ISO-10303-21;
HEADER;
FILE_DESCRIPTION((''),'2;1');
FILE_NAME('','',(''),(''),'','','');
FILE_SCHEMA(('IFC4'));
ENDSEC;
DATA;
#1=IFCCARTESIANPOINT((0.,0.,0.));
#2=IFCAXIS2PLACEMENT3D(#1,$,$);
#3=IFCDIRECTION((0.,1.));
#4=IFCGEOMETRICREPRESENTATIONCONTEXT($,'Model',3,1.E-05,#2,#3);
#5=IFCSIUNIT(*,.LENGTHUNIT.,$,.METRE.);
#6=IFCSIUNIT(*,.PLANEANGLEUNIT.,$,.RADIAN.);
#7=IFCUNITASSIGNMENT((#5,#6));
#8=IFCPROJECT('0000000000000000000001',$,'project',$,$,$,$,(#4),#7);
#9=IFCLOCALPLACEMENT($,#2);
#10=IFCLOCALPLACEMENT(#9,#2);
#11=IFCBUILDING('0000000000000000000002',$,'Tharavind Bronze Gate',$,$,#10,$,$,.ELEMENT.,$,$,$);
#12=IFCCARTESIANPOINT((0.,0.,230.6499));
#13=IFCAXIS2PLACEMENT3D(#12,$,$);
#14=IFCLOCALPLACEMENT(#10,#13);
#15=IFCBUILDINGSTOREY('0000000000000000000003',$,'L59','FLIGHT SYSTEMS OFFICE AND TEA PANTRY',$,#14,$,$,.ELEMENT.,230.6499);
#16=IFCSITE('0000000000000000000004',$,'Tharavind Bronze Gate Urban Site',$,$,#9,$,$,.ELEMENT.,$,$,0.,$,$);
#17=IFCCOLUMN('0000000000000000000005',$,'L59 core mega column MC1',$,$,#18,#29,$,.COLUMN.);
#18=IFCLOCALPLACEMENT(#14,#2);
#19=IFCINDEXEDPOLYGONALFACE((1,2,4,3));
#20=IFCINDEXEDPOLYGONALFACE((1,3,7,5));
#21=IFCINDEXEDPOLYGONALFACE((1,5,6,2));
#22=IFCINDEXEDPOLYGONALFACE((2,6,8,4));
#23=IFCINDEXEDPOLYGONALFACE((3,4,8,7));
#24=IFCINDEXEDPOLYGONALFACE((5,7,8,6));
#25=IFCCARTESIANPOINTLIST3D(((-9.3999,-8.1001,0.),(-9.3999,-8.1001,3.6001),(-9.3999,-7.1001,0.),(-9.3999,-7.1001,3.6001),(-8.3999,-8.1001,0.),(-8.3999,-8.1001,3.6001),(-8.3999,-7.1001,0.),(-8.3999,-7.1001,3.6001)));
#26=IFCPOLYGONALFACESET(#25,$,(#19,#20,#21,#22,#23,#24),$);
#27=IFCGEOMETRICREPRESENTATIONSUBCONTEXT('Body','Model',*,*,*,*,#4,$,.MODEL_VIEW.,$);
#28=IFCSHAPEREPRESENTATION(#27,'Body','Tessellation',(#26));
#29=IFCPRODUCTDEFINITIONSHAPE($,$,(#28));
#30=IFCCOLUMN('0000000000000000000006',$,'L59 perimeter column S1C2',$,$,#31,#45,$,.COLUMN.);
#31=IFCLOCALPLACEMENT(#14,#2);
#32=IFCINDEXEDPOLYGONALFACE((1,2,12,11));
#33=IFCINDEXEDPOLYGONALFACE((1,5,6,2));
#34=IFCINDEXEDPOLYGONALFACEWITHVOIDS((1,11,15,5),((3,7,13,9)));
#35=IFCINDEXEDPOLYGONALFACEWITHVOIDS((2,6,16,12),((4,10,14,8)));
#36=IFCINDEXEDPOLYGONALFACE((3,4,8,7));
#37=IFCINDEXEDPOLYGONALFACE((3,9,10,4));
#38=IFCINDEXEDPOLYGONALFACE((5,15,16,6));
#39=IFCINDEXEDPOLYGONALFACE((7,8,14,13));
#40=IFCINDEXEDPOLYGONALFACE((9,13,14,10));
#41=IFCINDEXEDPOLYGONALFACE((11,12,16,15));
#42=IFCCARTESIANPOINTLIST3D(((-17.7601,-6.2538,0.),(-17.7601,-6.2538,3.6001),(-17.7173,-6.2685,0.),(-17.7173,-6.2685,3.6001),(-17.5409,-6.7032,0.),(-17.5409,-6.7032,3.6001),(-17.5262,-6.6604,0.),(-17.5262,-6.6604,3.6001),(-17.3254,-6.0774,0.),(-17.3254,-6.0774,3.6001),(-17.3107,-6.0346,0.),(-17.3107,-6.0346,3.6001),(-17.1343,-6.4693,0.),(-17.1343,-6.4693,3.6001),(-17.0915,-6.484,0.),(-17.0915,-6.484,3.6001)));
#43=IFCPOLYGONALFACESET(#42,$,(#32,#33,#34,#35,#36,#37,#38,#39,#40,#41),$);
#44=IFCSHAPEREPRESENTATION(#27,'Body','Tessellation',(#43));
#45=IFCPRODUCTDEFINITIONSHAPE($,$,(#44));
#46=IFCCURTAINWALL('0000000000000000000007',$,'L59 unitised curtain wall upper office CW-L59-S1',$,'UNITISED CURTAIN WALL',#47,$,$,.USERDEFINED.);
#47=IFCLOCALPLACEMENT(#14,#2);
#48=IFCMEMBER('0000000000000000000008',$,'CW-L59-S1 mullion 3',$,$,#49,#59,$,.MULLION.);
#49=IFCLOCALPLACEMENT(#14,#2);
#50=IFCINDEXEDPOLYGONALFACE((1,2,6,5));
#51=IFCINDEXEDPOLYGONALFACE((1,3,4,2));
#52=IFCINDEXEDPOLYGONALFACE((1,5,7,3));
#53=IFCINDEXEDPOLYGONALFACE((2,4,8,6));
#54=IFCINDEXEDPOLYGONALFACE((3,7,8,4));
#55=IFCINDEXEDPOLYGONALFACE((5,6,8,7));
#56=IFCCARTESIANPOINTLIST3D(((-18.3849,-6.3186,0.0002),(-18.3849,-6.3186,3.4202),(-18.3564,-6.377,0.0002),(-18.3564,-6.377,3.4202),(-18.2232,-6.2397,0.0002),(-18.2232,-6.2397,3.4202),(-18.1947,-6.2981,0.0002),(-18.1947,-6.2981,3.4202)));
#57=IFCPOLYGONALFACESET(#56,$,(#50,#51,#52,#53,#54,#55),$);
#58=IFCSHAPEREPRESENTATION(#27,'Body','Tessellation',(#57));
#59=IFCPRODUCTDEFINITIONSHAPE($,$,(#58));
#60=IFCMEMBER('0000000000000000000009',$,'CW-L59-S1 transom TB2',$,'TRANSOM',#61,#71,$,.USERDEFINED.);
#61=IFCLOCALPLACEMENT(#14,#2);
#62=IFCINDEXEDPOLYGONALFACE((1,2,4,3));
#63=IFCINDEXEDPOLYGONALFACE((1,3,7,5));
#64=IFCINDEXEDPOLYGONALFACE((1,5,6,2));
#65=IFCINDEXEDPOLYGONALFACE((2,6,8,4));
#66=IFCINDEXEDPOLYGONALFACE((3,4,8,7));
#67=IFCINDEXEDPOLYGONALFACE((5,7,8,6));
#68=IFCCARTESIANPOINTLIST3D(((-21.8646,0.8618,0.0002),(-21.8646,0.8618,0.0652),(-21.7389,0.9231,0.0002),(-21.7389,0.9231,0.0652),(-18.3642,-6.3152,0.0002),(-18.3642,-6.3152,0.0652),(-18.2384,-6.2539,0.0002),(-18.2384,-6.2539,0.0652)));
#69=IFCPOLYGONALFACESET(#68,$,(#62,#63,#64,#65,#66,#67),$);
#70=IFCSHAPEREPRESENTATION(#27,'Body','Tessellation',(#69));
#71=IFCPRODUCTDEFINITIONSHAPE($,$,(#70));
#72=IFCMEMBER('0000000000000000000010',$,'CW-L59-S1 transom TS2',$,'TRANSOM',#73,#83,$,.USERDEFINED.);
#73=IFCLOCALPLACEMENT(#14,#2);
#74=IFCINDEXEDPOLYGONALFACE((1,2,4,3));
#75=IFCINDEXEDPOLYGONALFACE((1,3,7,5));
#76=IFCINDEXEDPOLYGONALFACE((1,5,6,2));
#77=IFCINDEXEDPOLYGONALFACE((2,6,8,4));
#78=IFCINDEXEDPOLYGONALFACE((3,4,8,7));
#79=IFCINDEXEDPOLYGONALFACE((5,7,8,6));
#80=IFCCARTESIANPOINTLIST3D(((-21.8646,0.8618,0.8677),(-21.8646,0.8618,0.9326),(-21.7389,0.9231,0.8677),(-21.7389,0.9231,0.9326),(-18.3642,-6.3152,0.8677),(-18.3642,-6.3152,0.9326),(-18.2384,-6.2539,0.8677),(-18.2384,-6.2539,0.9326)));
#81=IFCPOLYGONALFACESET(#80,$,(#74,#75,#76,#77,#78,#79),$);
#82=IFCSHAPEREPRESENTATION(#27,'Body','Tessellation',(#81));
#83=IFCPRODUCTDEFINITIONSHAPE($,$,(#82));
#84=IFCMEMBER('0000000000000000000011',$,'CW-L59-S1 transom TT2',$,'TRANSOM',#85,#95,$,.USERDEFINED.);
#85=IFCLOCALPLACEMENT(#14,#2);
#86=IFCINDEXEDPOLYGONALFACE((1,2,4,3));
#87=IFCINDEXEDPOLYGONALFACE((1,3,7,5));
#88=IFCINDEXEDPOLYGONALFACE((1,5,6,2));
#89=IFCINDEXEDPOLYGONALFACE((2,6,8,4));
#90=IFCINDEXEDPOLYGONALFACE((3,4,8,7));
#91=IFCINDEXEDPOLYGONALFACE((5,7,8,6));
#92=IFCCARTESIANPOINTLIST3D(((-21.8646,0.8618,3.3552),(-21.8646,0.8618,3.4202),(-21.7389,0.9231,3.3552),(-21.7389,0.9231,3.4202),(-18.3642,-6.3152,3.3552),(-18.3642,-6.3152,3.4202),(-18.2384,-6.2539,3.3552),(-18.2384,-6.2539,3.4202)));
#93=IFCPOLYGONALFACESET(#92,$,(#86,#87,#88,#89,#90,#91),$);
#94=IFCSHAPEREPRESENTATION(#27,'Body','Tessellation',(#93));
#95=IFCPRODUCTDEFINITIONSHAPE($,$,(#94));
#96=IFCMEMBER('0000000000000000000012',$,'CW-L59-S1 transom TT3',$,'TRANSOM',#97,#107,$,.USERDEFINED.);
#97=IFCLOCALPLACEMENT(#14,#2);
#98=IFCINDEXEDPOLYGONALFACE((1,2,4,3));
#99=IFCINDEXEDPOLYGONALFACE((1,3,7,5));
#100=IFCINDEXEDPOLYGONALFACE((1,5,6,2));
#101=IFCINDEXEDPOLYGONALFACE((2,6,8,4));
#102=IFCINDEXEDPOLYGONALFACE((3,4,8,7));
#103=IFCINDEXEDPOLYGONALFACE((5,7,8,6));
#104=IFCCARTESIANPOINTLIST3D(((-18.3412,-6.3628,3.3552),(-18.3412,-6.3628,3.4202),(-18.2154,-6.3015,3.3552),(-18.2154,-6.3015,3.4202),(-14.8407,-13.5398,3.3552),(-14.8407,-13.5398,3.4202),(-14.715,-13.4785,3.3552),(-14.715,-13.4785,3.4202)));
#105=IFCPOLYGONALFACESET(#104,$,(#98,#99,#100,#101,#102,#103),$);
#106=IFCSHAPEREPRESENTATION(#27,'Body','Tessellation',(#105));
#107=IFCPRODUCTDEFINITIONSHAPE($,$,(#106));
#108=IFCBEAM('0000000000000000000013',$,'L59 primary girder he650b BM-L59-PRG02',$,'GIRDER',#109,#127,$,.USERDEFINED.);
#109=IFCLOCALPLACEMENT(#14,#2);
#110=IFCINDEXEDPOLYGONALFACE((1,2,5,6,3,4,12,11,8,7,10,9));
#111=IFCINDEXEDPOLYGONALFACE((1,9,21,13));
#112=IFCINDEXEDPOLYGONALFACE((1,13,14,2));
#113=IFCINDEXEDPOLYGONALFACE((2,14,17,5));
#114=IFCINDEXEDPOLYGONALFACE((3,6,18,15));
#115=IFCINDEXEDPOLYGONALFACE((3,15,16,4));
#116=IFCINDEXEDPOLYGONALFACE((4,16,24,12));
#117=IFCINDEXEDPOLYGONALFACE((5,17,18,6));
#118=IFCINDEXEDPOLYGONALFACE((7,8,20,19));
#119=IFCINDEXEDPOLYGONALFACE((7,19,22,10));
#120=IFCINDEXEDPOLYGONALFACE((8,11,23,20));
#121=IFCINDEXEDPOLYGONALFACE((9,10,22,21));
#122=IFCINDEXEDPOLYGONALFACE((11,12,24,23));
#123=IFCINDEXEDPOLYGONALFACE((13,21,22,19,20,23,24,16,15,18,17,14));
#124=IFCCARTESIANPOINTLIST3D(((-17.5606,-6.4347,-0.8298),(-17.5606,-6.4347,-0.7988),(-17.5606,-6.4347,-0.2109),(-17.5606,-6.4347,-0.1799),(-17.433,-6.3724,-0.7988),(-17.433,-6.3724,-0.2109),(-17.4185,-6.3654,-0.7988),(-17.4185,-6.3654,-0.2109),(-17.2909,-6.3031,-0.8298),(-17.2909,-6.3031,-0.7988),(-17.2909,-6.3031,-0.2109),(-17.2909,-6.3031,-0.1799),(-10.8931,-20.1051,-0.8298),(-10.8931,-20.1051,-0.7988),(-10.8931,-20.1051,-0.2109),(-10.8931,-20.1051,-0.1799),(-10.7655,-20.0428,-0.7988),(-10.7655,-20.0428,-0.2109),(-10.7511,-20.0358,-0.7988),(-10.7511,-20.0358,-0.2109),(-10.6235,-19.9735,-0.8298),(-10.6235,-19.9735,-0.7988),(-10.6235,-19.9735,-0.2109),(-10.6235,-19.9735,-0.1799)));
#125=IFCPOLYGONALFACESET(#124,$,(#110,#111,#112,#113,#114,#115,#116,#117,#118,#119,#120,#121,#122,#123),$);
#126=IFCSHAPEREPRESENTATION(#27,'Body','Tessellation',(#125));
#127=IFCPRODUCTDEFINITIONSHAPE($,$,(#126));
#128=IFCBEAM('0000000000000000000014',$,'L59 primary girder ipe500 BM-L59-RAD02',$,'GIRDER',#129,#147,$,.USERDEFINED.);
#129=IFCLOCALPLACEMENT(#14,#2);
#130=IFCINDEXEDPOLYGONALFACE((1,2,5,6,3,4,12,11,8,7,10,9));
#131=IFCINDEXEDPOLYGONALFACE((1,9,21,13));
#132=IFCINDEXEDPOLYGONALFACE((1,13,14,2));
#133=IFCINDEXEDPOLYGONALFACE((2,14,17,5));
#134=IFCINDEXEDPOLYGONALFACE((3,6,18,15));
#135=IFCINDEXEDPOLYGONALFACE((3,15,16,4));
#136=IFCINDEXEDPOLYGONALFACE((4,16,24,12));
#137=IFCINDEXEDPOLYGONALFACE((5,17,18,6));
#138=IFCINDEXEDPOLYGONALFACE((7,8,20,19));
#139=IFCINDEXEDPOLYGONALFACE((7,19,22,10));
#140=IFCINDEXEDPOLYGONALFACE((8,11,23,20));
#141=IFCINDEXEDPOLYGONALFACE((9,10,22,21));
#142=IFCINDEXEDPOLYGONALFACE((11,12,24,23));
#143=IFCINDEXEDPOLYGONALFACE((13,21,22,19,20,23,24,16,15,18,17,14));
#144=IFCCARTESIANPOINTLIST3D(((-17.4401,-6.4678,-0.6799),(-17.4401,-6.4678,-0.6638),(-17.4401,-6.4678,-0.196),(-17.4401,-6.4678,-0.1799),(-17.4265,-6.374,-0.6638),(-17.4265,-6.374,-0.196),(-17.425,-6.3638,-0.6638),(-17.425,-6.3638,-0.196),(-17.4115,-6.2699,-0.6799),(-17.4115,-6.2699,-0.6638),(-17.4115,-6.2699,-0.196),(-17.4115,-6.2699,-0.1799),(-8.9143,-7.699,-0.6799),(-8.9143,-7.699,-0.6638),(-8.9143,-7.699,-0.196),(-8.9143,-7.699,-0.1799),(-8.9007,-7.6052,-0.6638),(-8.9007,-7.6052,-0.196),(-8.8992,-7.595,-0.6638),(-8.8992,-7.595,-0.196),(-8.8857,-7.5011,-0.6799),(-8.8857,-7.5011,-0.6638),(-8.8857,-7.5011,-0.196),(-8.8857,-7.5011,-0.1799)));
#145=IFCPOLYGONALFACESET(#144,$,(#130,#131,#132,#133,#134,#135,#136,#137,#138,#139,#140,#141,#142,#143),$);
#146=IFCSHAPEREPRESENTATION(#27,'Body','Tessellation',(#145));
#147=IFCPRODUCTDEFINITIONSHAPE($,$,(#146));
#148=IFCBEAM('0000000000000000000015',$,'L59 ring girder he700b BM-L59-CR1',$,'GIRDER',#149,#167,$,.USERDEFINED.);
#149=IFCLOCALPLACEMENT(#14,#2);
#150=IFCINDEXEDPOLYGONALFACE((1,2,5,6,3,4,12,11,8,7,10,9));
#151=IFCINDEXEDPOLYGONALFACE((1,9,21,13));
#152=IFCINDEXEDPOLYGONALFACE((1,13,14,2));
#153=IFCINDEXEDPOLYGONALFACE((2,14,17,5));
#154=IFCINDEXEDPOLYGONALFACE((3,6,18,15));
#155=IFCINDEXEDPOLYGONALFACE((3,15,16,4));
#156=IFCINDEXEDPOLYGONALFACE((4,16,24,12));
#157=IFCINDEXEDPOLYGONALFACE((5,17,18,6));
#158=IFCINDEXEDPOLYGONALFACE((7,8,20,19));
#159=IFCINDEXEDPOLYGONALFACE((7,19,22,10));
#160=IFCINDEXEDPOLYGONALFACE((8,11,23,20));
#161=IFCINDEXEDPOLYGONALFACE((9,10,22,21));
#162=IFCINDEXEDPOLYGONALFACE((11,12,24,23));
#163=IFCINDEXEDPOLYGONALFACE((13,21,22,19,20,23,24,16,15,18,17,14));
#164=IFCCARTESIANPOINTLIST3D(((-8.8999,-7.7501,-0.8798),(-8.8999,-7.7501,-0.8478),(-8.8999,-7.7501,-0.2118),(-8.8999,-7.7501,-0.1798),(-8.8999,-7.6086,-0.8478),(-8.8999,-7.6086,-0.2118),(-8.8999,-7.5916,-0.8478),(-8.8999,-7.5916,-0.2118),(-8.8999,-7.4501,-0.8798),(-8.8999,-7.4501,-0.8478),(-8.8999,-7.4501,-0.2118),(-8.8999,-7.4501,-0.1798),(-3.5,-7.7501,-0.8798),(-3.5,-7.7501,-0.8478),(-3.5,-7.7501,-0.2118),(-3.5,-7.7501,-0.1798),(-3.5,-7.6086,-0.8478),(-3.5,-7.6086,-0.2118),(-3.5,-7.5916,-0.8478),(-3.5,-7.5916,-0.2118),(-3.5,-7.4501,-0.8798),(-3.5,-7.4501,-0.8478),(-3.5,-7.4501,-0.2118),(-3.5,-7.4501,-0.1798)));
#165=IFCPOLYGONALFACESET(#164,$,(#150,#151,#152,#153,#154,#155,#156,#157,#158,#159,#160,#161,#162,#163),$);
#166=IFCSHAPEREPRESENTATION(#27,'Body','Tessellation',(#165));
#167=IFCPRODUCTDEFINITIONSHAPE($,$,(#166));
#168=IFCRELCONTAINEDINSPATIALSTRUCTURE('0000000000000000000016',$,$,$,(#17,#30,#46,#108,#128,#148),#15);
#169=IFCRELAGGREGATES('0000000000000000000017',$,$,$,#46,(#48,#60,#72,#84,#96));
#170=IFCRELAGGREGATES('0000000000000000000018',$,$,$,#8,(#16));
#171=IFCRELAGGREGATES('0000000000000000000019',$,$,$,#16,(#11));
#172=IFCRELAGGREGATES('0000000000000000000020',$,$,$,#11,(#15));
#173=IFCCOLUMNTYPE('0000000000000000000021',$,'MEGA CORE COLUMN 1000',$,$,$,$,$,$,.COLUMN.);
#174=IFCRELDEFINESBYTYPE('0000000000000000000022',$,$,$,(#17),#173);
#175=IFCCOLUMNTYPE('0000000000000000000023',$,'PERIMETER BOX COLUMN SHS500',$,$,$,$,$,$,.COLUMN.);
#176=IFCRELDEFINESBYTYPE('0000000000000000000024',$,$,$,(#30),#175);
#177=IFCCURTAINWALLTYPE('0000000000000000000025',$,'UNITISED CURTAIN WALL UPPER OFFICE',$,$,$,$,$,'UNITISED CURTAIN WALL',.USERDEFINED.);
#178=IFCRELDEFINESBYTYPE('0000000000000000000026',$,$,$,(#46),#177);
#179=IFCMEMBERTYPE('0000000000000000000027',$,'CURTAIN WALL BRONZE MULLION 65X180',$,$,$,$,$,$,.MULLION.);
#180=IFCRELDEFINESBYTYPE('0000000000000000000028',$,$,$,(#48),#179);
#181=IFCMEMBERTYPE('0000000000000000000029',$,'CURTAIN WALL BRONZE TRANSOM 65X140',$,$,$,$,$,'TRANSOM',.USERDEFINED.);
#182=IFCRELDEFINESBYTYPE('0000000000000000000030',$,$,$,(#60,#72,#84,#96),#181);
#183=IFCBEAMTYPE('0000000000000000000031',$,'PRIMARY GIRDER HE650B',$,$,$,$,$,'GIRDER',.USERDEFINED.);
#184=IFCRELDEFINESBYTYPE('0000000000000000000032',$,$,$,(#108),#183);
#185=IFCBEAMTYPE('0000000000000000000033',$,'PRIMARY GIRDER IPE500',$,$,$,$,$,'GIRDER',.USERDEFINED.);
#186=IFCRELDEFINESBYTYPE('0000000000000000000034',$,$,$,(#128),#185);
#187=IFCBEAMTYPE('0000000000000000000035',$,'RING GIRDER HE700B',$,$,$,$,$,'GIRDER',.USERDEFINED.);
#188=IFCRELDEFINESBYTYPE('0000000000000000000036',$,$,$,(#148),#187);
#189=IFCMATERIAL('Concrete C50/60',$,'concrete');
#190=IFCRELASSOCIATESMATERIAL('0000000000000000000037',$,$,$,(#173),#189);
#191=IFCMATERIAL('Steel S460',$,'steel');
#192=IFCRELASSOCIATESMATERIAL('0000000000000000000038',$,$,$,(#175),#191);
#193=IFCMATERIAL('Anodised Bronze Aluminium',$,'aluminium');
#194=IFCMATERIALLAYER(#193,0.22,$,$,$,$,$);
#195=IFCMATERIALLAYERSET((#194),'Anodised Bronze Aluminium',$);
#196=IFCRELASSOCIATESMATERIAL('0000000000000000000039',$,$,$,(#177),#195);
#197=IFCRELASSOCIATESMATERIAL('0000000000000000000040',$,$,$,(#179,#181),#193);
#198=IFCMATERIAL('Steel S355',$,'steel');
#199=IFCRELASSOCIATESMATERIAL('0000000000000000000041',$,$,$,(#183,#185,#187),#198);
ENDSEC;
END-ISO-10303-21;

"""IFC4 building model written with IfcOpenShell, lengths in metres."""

from ifc_helpers import new_model, si_unit, direction, frame, origin, origin_2d, place, context, subcontext, project, spatial, rectangle, hollow_rectangle, i_section, extrude, material, layer, layer_set, material_profile, profile_set, type_object, element, aggregate, save


model = new_model("IFC4")

# Units and contexts
model_context = context("Model", 3, precision=1e-05, world=origin(), true_north=direction((0.0, 1.0)))
body_context = subcontext(model_context, "Body", "Model", "MODEL_VIEW")
ifc_project = project(units=[si_unit("LENGTHUNIT", "METRE"), si_unit("PLANEANGLEUNIT", "RADIAN")], contexts=[model_context])

# Site, building, storey
site_placement = place(None, origin())
site = spatial("IfcSite", under=ifc_project, at=site_placement, Name="Tharavind Bronze Gate Urban Site", CompositionType="ELEMENT", RefElevation=0.0)
building_placement = place(site_placement, origin())
building = spatial("IfcBuilding", under=site, at=building_placement, Name="Tharavind Bronze Gate", CompositionType="ELEMENT")
storey_placement = place(building_placement, frame((0.0, 0.0, 230.6499)))
storey = spatial("IfcBuildingStorey", under=building, at=storey_placement, Name="L59", Description="FLIGHT SYSTEMS OFFICE AND TEA PANTRY", CompositionType="ELEMENT", Elevation=230.6499)

# Columns
ifc_material_1 = material(Name="Concrete C50/60", Category="concrete")
ifc_material_profile_1 = material_profile(ifc_material_1, rectangle(XDim=1.0, YDim=1.0, at=origin_2d()), Name="RCCOL1000")
ifc_profile_set_1 = profile_set([ifc_material_profile_1], Name="Concrete C50/60")
column_type_1 = type_object("IfcColumnType", Name="MEGA CORE COLUMN 1000", PredefinedType="COLUMN", material=ifc_profile_set_1)
column_1_placement = place(storey_placement, frame((-8.8999, -7.6001, 0.0), z_axis=(0.0, 0.0, 1.0), x_axis=(1.0, 0.0, 0.0)))
element("IfcColumn", 1, at=column_1_placement, inside=storey, type_object=column_type_1, Name="L59 core mega column MC1", PredefinedType="COLUMN", context=body_context, shape_type="SweptSolid", body=[
    extrude(rectangle(XDim=1.0, YDim=1.0, at=origin_2d()), origin(), (0.0, 0.0, 1.0), 3.6001),
])
ifc_material_2 = material(Name="Steel S460", Category="steel")
ifc_material_profile_2 = material_profile(ifc_material_2, hollow_rectangle(XDim=0.5, YDim=0.5, WallThickness=0.032, at=origin_2d()), Name="SHS500X32")
ifc_profile_set_2 = profile_set([ifc_material_profile_2], Name="Steel S460")
column_type_2 = type_object("IfcColumnType", Name="PERIMETER BOX COLUMN SHS500", PredefinedType="COLUMN", material=ifc_profile_set_2)
column_2_placement = place(storey_placement, frame((-17.4258, -6.3689, 0.0), z_axis=(0.0, 0.0, 1.0), x_axis=(-0.438371, 0.898794, 0.0)))
element("IfcColumn", 2, at=column_2_placement, inside=storey, type_object=column_type_2, Name="L59 perimeter column S1C2", PredefinedType="COLUMN", context=body_context, shape_type="SweptSolid", body=[
    extrude(hollow_rectangle(XDim=0.5, YDim=0.5, WallThickness=0.032, at=origin_2d()), origin(), (0.0, 0.0, 1.0), 3.6001),
])

# Curtain wall, members
ifc_material_3 = material(Name="Anodised Bronze Aluminium", Category="aluminium")
ifc_layer_1 = layer(ifc_material_3, 0.22)
ifc_layer_set_1 = layer_set([ifc_layer_1], Name="Anodised Bronze Aluminium")
curtain_wall_type = type_object("IfcCurtainWallType", Name="UNITISED CURTAIN WALL UPPER OFFICE", ElementType="UNITISED CURTAIN WALL", PredefinedType="USERDEFINED", material=ifc_layer_set_1)
curtain_wall_placement = place(storey_placement, origin())
curtain_wall = element("IfcCurtainWall", 3, at=curtain_wall_placement, inside=storey, type_object=curtain_wall_type, Name="L59 unitised curtain wall upper office CW-L59-S1", ObjectType="UNITISED CURTAIN WALL", PredefinedType="USERDEFINED")
member_type_1 = type_object("IfcMemberType", Name="CURTAIN WALL BRONZE MULLION 65X180", PredefinedType="MULLION", material=ifc_material_3)
member_1_placement = place(storey_placement, frame((-18.2898, -6.3083, 0.0002), z_axis=(0.0, 0.0, 1.0), x_axis=(0.438371, -0.898794, 0.0)))
member_1 = element("IfcMember", 4, at=member_1_placement, type_object=member_type_1, Name="CW-L59-S1 mullion 3", PredefinedType="MULLION", context=body_context, shape_type="SweptSolid", body=[
    extrude(rectangle(XDim=0.0649, YDim=0.1799, at=origin_2d()), origin(), (0.0, 0.0, 1.0), 3.4199),
])
member_type_2 = type_object("IfcMemberType", Name="CURTAIN WALL BRONZE TRANSOM 65X140", ElementType="TRANSOM", PredefinedType="USERDEFINED", material=ifc_material_3)
member_2_placement = place(storey_placement, frame((-20.0515, -2.696, 0.0002), z_axis=(0.0, 0.0, 1.0), x_axis=(0.438371, -0.898794, 0.0)))
member_2 = element("IfcMember", 5, at=member_2_placement, type_object=member_type_2, Name="CW-L59-S1 transom TB2", ObjectType="TRANSOM", PredefinedType="USERDEFINED", context=body_context, shape_type="SweptSolid", body=[
    extrude(rectangle(XDim=7.9851, YDim=0.1399, at=origin_2d()), origin(), (0.0, 0.0, 1.0), 0.0649),
])
member_3_placement = place(storey_placement, frame((-20.0515, -2.696, 0.8677), z_axis=(0.0, 0.0, 1.0), x_axis=(0.438371, -0.898794, 0.0)))
member_3 = element("IfcMember", 6, at=member_3_placement, type_object=member_type_2, Name="CW-L59-S1 transom TS2", ObjectType="TRANSOM", PredefinedType="USERDEFINED", context=body_context, shape_type="SweptSolid", body=[
    extrude(rectangle(XDim=7.9851, YDim=0.1399, at=origin_2d()), origin(), (0.0, 0.0, 1.0), 0.0649),
])
member_4_placement = place(storey_placement, frame((-20.0515, -2.696, 3.3552), z_axis=(0.0, 0.0, 1.0), x_axis=(0.438371, -0.898794, 0.0)))
member_4 = element("IfcMember", 7, at=member_4_placement, type_object=member_type_2, Name="CW-L59-S1 transom TT2", ObjectType="TRANSOM", PredefinedType="USERDEFINED", context=body_context, shape_type="SweptSolid", body=[
    extrude(rectangle(XDim=7.9851, YDim=0.1399, at=origin_2d()), origin(), (0.0, 0.0, 1.0), 0.0649),
])
member_5_placement = place(storey_placement, frame((-16.5281, -9.9207, 3.3552), z_axis=(0.0, 0.0, 1.0), x_axis=(0.438371, -0.898794, 0.0)))
member_5 = element("IfcMember", 8, at=member_5_placement, type_object=member_type_2, Name="CW-L59-S1 transom TT3", ObjectType="TRANSOM", PredefinedType="USERDEFINED", context=body_context, shape_type="SweptSolid", body=[
    extrude(rectangle(XDim=7.9851, YDim=0.1399, at=origin_2d()), origin(), (0.0, 0.0, 1.0), 0.0649),
])

# Beams
ifc_material_4 = material(Name="Steel S355", Category="steel")
ifc_material_profile_3 = material_profile(ifc_material_4, i_section(OverallWidth=0.3, OverallDepth=0.6499, WebThickness=0.0161, FlangeThickness=0.031, at=origin_2d()), Name="HE650B")
ifc_profile_set_3 = profile_set([ifc_material_profile_3], Name="Steel S355")
beam_type_1 = type_object("IfcBeamType", Name="PRIMARY GIRDER HE650B", ElementType="GIRDER", PredefinedType="USERDEFINED", material=ifc_profile_set_3)
beam_1_placement = place(storey_placement, frame((-17.4258, -6.3689, -0.5049), z_axis=(0.43837, -0.898795, 0.0), x_axis=(0.898795, 0.43837, 0.0)))
element("IfcBeam", 9, at=beam_1_placement, inside=storey, type_object=beam_type_1, Name="L59 primary girder he650b BM-L59-PRG02", ObjectType="GIRDER", PredefinedType="USERDEFINED", context=body_context, shape_type="SweptSolid", body=[
    extrude(i_section(OverallWidth=0.3, OverallDepth=0.6499, WebThickness=0.0161, FlangeThickness=0.031, at=origin_2d()), origin(), (0.0, 0.0, 1.0), 15.2097),
])
ifc_material_profile_4 = material_profile(ifc_material_4, i_section(OverallWidth=0.2, OverallDepth=0.5, WebThickness=0.0103, FlangeThickness=0.0161, at=origin_2d()), Name="IPE500")
ifc_profile_set_4 = profile_set([ifc_material_profile_4], Name="Steel S355")
beam_type_2 = type_object("IfcBeamType", Name="PRIMARY GIRDER IPE500", ElementType="GIRDER", PredefinedType="USERDEFINED", material=ifc_profile_set_4)
beam_2_placement = place(storey_placement, frame((-17.4258, -6.3689, -0.4299), z_axis=(0.989734, -0.142925, 0.0), x_axis=(0.142925, 0.989734, 0.0)))
element("IfcBeam", 10, at=beam_2_placement, inside=storey, type_object=beam_type_2, Name="L59 primary girder ipe500 BM-L59-RAD02", ObjectType="GIRDER", PredefinedType="USERDEFINED", context=body_context, shape_type="SweptSolid", body=[
    extrude(i_section(OverallWidth=0.2, OverallDepth=0.5, WebThickness=0.0103, FlangeThickness=0.0161, at=origin_2d()), origin(), (0.0, 0.0, 1.0), 8.6143),
])
ifc_material_profile_5 = material_profile(ifc_material_4, i_section(OverallWidth=0.3, OverallDepth=0.7, WebThickness=0.0171, FlangeThickness=0.032, at=origin_2d()), Name="HE700B")
ifc_profile_set_5 = profile_set([ifc_material_profile_5], Name="Steel S355")
beam_type_3 = type_object("IfcBeamType", Name="RING GIRDER HE700B", ElementType="GIRDER", PredefinedType="USERDEFINED", material=ifc_profile_set_5)
beam_3_placement = place(storey_placement, frame((-8.8999, -7.6001, -0.5298), z_axis=(1.0, 0.0, 0.0), x_axis=(0.0, 1.0, 0.0)))
element("IfcBeam", 11, at=beam_3_placement, inside=storey, type_object=beam_type_3, Name="L59 ring girder he700b BM-L59-CR1", ObjectType="GIRDER", PredefinedType="USERDEFINED", context=body_context, shape_type="SweptSolid", body=[
    extrude(i_section(OverallWidth=0.3, OverallDepth=0.7, WebThickness=0.0171, FlangeThickness=0.032, at=origin_2d()), origin(), (0.0, 0.0, 1.0), 5.3999),
])

aggregate(curtain_wall, [member_1, member_2, member_3, member_4, member_5])

save(model, "model.ifc")
